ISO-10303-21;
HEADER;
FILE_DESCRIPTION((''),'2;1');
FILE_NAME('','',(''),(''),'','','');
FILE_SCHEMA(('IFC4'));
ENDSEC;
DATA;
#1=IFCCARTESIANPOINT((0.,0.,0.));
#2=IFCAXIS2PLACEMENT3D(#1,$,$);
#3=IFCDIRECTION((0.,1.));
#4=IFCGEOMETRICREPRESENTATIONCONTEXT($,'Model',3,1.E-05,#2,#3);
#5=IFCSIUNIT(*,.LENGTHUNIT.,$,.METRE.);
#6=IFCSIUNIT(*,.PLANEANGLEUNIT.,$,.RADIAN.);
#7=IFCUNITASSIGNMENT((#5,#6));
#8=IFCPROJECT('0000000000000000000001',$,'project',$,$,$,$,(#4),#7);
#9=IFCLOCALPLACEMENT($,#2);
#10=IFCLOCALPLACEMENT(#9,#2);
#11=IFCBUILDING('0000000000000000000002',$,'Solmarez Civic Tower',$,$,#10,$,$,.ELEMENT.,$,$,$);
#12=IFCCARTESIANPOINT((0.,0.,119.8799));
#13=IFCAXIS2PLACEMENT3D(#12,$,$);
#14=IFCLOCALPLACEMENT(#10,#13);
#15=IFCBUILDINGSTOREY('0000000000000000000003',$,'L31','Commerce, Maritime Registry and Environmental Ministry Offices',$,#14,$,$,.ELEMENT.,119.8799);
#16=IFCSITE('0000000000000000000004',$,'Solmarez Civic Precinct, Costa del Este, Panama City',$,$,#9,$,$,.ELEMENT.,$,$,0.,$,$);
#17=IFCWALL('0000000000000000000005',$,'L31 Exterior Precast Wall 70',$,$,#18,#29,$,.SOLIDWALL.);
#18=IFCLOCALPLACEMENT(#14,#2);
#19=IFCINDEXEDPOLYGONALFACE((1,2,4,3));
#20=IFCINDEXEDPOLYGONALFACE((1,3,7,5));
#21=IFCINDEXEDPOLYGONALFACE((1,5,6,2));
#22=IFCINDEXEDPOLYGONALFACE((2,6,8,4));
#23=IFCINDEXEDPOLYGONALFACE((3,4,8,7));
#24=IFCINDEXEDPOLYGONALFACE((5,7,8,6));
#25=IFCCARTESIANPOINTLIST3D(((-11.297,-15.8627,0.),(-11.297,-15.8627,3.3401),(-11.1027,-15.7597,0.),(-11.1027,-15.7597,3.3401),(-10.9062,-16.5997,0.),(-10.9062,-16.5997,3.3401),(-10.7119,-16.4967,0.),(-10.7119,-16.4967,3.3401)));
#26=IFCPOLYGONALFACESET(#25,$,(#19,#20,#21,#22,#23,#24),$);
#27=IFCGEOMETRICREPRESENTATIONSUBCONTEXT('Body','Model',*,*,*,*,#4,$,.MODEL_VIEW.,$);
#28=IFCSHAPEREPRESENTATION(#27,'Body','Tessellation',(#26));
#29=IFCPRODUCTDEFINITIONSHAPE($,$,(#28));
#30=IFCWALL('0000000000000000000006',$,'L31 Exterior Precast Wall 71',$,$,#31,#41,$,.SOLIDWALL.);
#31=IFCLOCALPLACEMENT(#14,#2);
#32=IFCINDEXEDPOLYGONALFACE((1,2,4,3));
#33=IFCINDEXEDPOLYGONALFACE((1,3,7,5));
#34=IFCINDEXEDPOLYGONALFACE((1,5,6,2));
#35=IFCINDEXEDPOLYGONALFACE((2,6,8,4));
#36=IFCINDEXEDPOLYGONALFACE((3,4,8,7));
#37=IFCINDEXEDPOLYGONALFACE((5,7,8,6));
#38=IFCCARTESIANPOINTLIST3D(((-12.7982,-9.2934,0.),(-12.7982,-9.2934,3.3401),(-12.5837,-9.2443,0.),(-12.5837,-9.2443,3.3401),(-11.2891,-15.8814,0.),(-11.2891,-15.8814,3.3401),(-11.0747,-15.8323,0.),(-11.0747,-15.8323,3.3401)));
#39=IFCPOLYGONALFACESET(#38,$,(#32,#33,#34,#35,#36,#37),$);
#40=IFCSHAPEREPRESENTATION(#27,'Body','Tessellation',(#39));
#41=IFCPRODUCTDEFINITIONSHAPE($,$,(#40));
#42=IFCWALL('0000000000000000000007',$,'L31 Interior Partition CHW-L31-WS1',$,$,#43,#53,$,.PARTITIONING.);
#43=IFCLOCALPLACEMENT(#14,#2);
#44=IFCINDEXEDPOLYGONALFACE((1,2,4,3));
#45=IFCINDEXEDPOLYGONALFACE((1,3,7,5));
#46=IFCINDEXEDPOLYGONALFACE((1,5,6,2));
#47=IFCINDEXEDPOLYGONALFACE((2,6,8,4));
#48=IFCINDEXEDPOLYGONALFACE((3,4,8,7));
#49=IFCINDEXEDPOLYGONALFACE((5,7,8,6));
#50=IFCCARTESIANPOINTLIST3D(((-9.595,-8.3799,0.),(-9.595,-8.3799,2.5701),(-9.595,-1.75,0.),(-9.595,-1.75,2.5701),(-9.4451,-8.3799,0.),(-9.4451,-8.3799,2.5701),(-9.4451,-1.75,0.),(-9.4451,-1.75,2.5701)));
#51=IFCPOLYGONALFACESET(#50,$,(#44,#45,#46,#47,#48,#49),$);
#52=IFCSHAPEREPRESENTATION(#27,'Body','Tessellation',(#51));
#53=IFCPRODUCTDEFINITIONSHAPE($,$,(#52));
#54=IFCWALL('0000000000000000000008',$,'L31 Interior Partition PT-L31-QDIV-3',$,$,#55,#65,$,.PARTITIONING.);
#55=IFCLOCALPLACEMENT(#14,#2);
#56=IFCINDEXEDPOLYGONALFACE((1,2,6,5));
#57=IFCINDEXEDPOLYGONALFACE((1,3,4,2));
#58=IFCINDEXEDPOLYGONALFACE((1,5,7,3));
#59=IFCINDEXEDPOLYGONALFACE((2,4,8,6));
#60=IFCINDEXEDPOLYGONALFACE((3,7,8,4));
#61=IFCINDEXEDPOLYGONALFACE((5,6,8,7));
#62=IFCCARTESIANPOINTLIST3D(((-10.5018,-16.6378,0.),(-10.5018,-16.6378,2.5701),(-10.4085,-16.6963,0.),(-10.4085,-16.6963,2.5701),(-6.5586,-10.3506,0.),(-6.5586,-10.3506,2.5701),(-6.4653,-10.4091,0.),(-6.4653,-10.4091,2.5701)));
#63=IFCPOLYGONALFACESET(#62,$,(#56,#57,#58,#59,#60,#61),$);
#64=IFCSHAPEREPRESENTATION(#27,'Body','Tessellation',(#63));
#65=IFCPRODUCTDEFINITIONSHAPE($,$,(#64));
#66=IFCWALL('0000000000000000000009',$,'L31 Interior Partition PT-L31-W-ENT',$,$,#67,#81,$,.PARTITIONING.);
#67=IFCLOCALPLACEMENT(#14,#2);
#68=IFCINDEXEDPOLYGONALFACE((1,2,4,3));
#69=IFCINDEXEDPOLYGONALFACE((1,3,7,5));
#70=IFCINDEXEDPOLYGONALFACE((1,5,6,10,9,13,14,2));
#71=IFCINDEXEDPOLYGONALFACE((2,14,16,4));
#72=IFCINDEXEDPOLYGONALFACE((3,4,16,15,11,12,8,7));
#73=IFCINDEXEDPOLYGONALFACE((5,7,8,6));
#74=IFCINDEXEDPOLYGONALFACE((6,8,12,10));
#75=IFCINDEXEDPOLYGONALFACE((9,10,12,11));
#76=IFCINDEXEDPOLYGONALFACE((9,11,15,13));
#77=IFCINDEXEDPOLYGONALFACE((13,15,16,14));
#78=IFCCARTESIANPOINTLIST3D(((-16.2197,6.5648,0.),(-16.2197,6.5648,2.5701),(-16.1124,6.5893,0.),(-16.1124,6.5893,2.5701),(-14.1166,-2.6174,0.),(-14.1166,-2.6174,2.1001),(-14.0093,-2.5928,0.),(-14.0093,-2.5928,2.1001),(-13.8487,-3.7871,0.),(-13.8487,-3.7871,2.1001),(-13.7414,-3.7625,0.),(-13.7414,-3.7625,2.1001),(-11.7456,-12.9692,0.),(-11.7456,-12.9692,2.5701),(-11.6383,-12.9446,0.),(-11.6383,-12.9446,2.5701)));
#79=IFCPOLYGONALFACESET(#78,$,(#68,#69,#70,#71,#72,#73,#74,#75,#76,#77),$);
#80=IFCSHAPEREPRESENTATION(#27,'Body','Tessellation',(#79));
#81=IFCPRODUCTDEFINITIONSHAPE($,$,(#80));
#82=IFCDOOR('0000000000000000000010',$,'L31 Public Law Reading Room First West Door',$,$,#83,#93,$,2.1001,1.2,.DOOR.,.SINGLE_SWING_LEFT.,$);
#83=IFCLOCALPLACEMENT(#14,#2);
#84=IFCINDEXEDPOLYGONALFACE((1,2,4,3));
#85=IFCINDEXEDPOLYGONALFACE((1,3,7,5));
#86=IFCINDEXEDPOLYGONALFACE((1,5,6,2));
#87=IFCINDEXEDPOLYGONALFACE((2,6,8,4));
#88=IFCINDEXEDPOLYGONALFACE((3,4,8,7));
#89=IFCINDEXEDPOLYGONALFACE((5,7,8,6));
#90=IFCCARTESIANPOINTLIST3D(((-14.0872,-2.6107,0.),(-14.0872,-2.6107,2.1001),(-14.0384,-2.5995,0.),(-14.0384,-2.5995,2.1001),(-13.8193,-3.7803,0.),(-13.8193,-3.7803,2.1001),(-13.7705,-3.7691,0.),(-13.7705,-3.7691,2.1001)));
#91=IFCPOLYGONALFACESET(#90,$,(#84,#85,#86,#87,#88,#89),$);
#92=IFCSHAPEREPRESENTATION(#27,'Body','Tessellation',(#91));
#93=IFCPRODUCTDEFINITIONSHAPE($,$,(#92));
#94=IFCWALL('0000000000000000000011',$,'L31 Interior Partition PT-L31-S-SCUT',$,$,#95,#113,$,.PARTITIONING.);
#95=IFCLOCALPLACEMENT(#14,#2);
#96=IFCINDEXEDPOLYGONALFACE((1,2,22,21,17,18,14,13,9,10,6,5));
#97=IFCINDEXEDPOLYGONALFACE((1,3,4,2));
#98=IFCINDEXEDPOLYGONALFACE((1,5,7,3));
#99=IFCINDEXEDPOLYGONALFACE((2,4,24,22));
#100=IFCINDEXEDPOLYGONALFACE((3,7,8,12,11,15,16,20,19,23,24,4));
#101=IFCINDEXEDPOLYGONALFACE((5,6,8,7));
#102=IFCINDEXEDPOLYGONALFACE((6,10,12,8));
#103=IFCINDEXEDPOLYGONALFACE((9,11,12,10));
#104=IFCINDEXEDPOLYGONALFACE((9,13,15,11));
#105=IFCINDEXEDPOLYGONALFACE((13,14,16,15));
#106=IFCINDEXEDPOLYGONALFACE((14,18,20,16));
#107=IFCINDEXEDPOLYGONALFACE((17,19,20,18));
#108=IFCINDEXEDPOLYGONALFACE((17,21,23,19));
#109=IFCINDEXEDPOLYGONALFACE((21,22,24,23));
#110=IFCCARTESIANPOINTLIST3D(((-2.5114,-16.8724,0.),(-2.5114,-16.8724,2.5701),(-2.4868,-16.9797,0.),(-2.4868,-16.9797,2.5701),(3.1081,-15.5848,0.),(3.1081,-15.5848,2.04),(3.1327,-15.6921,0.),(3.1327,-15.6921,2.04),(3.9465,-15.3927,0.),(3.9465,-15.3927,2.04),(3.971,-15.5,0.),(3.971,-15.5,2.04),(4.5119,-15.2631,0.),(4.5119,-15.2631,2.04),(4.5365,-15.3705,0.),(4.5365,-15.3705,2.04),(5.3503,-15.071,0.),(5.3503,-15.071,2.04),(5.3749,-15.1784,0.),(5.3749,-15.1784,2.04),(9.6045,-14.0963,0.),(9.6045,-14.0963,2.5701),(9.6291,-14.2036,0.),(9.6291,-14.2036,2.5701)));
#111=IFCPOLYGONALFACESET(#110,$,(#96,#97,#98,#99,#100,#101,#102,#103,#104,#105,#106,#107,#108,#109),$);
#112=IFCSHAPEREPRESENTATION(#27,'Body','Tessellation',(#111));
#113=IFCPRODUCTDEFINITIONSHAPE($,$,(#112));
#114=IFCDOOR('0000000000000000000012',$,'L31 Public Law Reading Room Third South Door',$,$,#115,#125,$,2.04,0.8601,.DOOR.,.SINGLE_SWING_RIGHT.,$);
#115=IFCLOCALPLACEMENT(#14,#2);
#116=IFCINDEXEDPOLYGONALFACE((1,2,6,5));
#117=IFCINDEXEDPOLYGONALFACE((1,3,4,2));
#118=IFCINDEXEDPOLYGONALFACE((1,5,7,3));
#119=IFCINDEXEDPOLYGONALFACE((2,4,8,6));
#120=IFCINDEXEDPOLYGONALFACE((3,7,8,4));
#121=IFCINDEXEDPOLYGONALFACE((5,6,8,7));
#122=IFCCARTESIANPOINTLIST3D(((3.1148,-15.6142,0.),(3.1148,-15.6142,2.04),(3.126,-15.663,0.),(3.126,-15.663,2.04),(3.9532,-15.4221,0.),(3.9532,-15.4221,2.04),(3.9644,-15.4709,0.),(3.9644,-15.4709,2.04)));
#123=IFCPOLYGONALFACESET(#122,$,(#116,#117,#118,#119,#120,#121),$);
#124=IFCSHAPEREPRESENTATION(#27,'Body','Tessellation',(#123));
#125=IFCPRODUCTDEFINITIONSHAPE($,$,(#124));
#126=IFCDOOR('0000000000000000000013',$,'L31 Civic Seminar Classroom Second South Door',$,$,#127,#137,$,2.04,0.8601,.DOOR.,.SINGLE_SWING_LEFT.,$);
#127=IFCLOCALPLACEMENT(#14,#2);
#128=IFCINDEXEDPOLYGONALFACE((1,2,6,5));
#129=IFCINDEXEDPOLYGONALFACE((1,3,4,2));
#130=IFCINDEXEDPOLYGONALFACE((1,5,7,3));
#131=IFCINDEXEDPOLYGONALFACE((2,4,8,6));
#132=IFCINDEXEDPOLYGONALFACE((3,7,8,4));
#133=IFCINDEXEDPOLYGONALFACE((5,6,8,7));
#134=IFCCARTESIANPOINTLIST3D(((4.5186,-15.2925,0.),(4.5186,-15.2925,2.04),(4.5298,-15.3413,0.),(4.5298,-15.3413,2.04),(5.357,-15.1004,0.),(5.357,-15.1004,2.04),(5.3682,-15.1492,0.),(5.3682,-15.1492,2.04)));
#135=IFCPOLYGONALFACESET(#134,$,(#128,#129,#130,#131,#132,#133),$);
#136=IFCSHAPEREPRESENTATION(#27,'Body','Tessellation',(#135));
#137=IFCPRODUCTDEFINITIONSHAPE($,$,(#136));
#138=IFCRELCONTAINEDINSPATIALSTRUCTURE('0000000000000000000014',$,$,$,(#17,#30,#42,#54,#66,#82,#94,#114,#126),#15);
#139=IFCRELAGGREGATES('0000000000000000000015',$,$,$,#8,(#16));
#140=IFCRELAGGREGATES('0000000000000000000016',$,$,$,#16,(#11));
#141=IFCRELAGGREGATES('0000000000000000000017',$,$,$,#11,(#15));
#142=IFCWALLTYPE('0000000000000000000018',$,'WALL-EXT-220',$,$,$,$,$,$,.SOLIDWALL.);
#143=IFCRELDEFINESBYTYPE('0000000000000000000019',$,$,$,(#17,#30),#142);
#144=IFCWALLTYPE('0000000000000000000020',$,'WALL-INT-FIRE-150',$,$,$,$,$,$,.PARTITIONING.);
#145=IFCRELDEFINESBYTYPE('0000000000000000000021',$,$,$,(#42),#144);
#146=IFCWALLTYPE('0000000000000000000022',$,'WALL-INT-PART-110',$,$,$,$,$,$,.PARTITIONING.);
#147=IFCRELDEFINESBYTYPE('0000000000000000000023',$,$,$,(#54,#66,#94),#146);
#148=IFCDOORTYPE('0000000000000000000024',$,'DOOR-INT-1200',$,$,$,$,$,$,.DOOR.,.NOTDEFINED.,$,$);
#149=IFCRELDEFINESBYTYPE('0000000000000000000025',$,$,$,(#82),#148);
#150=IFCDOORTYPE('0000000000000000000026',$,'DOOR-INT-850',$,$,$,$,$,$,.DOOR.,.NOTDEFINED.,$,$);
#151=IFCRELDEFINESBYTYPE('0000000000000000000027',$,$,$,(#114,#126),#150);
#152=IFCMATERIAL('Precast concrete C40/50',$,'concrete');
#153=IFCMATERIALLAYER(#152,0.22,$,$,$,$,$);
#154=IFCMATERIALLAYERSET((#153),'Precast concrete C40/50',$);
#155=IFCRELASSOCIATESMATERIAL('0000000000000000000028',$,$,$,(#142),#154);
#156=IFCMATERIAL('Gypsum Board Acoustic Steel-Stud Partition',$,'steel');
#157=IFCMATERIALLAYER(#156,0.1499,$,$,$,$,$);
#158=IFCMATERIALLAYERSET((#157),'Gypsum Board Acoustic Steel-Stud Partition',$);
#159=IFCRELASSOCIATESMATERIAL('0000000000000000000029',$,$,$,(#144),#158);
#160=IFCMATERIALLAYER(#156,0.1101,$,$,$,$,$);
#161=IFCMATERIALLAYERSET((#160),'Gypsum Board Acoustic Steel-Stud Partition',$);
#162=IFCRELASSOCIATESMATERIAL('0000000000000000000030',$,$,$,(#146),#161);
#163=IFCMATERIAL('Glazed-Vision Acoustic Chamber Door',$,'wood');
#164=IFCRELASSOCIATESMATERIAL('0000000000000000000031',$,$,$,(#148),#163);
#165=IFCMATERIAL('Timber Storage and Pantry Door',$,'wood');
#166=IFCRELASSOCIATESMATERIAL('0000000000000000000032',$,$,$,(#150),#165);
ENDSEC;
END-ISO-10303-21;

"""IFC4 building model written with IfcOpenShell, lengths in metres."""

from ifc_helpers import new_model, si_unit, direction, frame, frame_2d, origin, place, context, subcontext, project, spatial, rectangle, extrude, material, layer, layer_set, type_object, element, fill, save


model = new_model("IFC4")

# Units and contexts
model_context = context("Model", 3, precision=1e-05, world=origin(), true_north=direction((0.0, 1.0)))
body_context = subcontext(model_context, "Body", "Model", "MODEL_VIEW")
ifc_project = project(units=[si_unit("LENGTHUNIT", "METRE"), si_unit("PLANEANGLEUNIT", "RADIAN")], contexts=[model_context])

# Site, building, storey
site_placement = place(None, origin())
site = spatial("IfcSite", under=ifc_project, at=site_placement, Name="Solmarez Civic Precinct, Costa del Este, Panama City", CompositionType="ELEMENT", RefElevation=0.0)
building_placement = place(site_placement, origin())
building = spatial("IfcBuilding", under=site, at=building_placement, Name="Solmarez Civic Tower", CompositionType="ELEMENT")
storey_placement = place(building_placement, frame((0.0, 0.0, 119.8799)))
storey = spatial("IfcBuildingStorey", under=building, at=storey_placement, Name="L31", Description="Commerce, Maritime Registry and Environmental Ministry Offices", CompositionType="ELEMENT", Elevation=119.8799)

# Shared definitions
ifc_material_1 = material(Name="Precast concrete C40/50", Category="concrete")
ifc_layer_1 = layer(ifc_material_1, 0.22)
ifc_layer_set_1 = layer_set([ifc_layer_1], Name="Precast concrete C40/50")
wall_type_1 = type_object("IfcWallType", Name="WALL-EXT-220", PredefinedType="SOLIDWALL", material=ifc_layer_set_1)

# Walls
wall_1_placement = place(storey_placement, frame((-10.8091, -16.5481, 0.0), z_axis=(0.0, 0.0, 1.0), x_axis=(-0.468506, 0.88346, 0.0)))
element("IfcWall", 1, at=wall_1_placement, inside=storey, type_object=wall_type_1, Name="L31 Exterior Precast Wall 70", PredefinedType="SOLIDWALL", context=body_context, shape_type="SweptSolid", body=[
    extrude(rectangle(XDim=0.8342, YDim=0.22, at=frame_2d((0.417, 0.0))), origin(), (0.0, 0.0, 1.0), 3.3401),
])
wall_2_placement = place(storey_placement, frame((-11.1819, -15.8569, 0.0), z_axis=(0.0, 0.0, 1.0), x_axis=(-0.223279, 0.974755, 0.0)))
element("IfcWall", 2, at=wall_2_placement, inside=storey, type_object=wall_type_1, Name="L31 Exterior Precast Wall 71", PredefinedType="SOLIDWALL", context=body_context, shape_type="SweptSolid", body=[
    extrude(rectangle(XDim=6.7585, YDim=0.22, at=frame_2d((3.3794, 0.0))), origin(), (0.0, 0.0, 1.0), 3.3401),
])
ifc_material_2 = material(Name="Gypsum Board Acoustic Steel-Stud Partition", Category="steel")
ifc_layer_2 = layer(ifc_material_2, 0.1499)
ifc_layer_set_2 = layer_set([ifc_layer_2], Name="Gypsum Board Acoustic Steel-Stud Partition")
wall_type_2 = type_object("IfcWallType", Name="WALL-INT-FIRE-150", PredefinedType="PARTITIONING", material=ifc_layer_set_2)
wall_3_placement = place(storey_placement, frame((-9.52, -8.3799, 0.0), z_axis=(0.0, 0.0, 1.0), x_axis=(0.0, 1.0, 0.0)))
element("IfcWall", 3, at=wall_3_placement, inside=storey, type_object=wall_type_2, Name="L31 Interior Partition CHW-L31-WS1", PredefinedType="PARTITIONING", context=body_context, shape_type="SweptSolid", body=[
    extrude(rectangle(XDim=6.6299, YDim=0.1499, at=frame_2d((3.3149, 0.0))), origin(), (0.0, 0.0, 1.0), 2.5701),
])
ifc_layer_3 = layer(ifc_material_2, 0.1101)
ifc_layer_set_3 = layer_set([ifc_layer_3], Name="Gypsum Board Acoustic Steel-Stud Partition")
wall_type_3 = type_object("IfcWallType", Name="WALL-INT-PART-110", PredefinedType="PARTITIONING", material=ifc_layer_set_3)
wall_4_placement = place(storey_placement, frame((-6.512, -10.3799, 0.0), z_axis=(0.0, 0.0, 1.0), x_axis=(-0.531323, -0.847169, 0.0)))
element("IfcWall", 4, at=wall_4_placement, inside=storey, type_object=wall_type_3, Name="L31 Interior Partition PT-L31-QDIV-3", PredefinedType="PARTITIONING", context=body_context, shape_type="SweptSolid", body=[
    extrude(rectangle(XDim=7.4214, YDim=0.1101, at=frame_2d((3.7107, 0.0))), origin(), (0.0, 0.0, 1.0), 2.5701),
])

# Wall, opening, door
wall_5_placement = place(storey_placement, frame((-11.6919, -12.957, 0.0), z_axis=(0.0, 0.0, 1.0), x_axis=(-0.223262, 0.974758, 0.0)))
wall_5 = element("IfcWall", 5, at=wall_5_placement, inside=storey, type_object=wall_type_3, Name="L31 Interior Partition PT-L31-W-ENT", PredefinedType="PARTITIONING", context=body_context, shape_type="SweptSolid", body=[
    extrude(rectangle(XDim=20.0398, YDim=0.1101, at=frame_2d((10.02, 0.0))), origin(), (0.0, 0.0, 1.0), 2.5701),
])
opening_1_placement = place(wall_5_placement, frame((9.4199, 0.0, 0.0)))
opening_1 = element("IfcOpeningElement", 6, at=opening_1_placement, cuts=wall_5, PredefinedType="OPENING", context=body_context, shape_type="SweptSolid", body=[
    extrude(rectangle(XDim=1.2, YDim=2.1001, at=frame_2d((0.6001, 1.05))), frame((0.0, 0.0649, 0.0), z_axis=(0.0, -1.0, 0.0), x_axis=(1.0, 0.0, 0.0)), (0.0, 0.0, 1.0), 0.1301),
])
ifc_material_3 = material(Name="Glazed-Vision Acoustic Chamber Door", Category="wood")
door_type_1 = type_object("IfcDoorType", Name="DOOR-INT-1200", OperationType="NOTDEFINED", PredefinedType="DOOR", material=ifc_material_3)
door_1_placement = place(opening_1_placement, origin())
door_1 = element("IfcDoor", 7, at=door_1_placement, inside=storey, type_object=door_type_1, Name="L31 Public Law Reading Room First West Door", OperationType="SINGLE_SWING_LEFT", OverallHeight=2.1001, OverallWidth=1.2, PredefinedType="DOOR", context=body_context, shape_type="SweptSolid", body=[
    extrude(rectangle(XDim=1.2, YDim=2.1001, at=frame_2d((0.6001, 1.05))), frame((0.0, 0.0249, 0.0), z_axis=(0.0, -1.0, 0.0), x_axis=(1.0, 0.0, 0.0)), (0.0, 0.0, 1.0), 0.05),
])
fill(opening_1, door_1)

# Wall, openings, doors
wall_6_placement = place(storey_placement, frame((-2.499, -16.926, 0.0), z_axis=(0.0, 0.0, 1.0), x_axis=(0.97474, 0.223342, 0.0)))
wall_6 = element("IfcWall", 8, at=wall_6_placement, inside=storey, type_object=wall_type_3, Name="L31 Interior Partition PT-L31-S-SCUT", PredefinedType="PARTITIONING", context=body_context, shape_type="SweptSolid", body=[
    extrude(rectangle(XDim=12.4299, YDim=0.1101, at=frame_2d((6.2148, 0.0))), origin(), (0.0, 0.0, 1.0), 2.5701),
])
opening_2_placement = place(wall_6_placement, frame((5.7649, 0.0, 0.0)))
opening_2 = element("IfcOpeningElement", 9, at=opening_2_placement, cuts=wall_6, PredefinedType="OPENING", context=body_context, shape_type="SweptSolid", body=[
    extrude(rectangle(XDim=0.8601, YDim=2.04, at=frame_2d((0.4302, 1.02))), frame((0.0, 0.0649, 0.0), z_axis=(0.0, -1.0, 0.0), x_axis=(1.0, 0.0, 0.0)), (0.0, 0.0, 1.0), 0.1301),
])
opening_3_placement = place(wall_6_placement, frame((7.2051, 0.0, 0.0)))
opening_3 = element("IfcOpeningElement", 10, at=opening_3_placement, cuts=wall_6, PredefinedType="OPENING", context=body_context, shape_type="SweptSolid", body=[
    extrude(rectangle(XDim=0.8601, YDim=2.04, at=frame_2d((0.4302, 1.02))), frame((0.0, 0.0649, 0.0), z_axis=(0.0, -1.0, 0.0), x_axis=(1.0, 0.0, 0.0)), (0.0, 0.0, 1.0), 0.1301),
])
ifc_material_4 = material(Name="Timber Storage and Pantry Door", Category="wood")
door_type_2 = type_object("IfcDoorType", Name="DOOR-INT-850", OperationType="NOTDEFINED", PredefinedType="DOOR", material=ifc_material_4)
door_2_placement = place(opening_2_placement, origin())
door_2 = element("IfcDoor", 11, at=door_2_placement, inside=storey, type_object=door_type_2, Name="L31 Public Law Reading Room Third South Door", OperationType="SINGLE_SWING_RIGHT", OverallHeight=2.04, OverallWidth=0.8601, PredefinedType="DOOR", context=body_context, shape_type="SweptSolid", body=[
    extrude(rectangle(XDim=0.8601, YDim=2.04, at=frame_2d((0.4302, 1.02))), frame((0.0, 0.0249, 0.0), z_axis=(0.0, -1.0, 0.0), x_axis=(1.0, 0.0, 0.0)), (0.0, 0.0, 1.0), 0.05),
])
fill(opening_2, door_2)
door_3_placement = place(opening_3_placement, origin())
door_3 = element("IfcDoor", 12, at=door_3_placement, inside=storey, type_object=door_type_2, Name="L31 Civic Seminar Classroom Second South Door", OperationType="SINGLE_SWING_LEFT", OverallHeight=2.04, OverallWidth=0.8601, PredefinedType="DOOR", context=body_context, shape_type="SweptSolid", body=[
    extrude(rectangle(XDim=0.8601, YDim=2.04, at=frame_2d((0.4302, 1.02))), frame((0.0, 0.0249, 0.0), z_axis=(0.0, -1.0, 0.0), x_axis=(1.0, 0.0, 0.0)), (0.0, 0.0, 1.0), 0.05),
])
fill(opening_3, door_3)

save(model, "model.ifc")
